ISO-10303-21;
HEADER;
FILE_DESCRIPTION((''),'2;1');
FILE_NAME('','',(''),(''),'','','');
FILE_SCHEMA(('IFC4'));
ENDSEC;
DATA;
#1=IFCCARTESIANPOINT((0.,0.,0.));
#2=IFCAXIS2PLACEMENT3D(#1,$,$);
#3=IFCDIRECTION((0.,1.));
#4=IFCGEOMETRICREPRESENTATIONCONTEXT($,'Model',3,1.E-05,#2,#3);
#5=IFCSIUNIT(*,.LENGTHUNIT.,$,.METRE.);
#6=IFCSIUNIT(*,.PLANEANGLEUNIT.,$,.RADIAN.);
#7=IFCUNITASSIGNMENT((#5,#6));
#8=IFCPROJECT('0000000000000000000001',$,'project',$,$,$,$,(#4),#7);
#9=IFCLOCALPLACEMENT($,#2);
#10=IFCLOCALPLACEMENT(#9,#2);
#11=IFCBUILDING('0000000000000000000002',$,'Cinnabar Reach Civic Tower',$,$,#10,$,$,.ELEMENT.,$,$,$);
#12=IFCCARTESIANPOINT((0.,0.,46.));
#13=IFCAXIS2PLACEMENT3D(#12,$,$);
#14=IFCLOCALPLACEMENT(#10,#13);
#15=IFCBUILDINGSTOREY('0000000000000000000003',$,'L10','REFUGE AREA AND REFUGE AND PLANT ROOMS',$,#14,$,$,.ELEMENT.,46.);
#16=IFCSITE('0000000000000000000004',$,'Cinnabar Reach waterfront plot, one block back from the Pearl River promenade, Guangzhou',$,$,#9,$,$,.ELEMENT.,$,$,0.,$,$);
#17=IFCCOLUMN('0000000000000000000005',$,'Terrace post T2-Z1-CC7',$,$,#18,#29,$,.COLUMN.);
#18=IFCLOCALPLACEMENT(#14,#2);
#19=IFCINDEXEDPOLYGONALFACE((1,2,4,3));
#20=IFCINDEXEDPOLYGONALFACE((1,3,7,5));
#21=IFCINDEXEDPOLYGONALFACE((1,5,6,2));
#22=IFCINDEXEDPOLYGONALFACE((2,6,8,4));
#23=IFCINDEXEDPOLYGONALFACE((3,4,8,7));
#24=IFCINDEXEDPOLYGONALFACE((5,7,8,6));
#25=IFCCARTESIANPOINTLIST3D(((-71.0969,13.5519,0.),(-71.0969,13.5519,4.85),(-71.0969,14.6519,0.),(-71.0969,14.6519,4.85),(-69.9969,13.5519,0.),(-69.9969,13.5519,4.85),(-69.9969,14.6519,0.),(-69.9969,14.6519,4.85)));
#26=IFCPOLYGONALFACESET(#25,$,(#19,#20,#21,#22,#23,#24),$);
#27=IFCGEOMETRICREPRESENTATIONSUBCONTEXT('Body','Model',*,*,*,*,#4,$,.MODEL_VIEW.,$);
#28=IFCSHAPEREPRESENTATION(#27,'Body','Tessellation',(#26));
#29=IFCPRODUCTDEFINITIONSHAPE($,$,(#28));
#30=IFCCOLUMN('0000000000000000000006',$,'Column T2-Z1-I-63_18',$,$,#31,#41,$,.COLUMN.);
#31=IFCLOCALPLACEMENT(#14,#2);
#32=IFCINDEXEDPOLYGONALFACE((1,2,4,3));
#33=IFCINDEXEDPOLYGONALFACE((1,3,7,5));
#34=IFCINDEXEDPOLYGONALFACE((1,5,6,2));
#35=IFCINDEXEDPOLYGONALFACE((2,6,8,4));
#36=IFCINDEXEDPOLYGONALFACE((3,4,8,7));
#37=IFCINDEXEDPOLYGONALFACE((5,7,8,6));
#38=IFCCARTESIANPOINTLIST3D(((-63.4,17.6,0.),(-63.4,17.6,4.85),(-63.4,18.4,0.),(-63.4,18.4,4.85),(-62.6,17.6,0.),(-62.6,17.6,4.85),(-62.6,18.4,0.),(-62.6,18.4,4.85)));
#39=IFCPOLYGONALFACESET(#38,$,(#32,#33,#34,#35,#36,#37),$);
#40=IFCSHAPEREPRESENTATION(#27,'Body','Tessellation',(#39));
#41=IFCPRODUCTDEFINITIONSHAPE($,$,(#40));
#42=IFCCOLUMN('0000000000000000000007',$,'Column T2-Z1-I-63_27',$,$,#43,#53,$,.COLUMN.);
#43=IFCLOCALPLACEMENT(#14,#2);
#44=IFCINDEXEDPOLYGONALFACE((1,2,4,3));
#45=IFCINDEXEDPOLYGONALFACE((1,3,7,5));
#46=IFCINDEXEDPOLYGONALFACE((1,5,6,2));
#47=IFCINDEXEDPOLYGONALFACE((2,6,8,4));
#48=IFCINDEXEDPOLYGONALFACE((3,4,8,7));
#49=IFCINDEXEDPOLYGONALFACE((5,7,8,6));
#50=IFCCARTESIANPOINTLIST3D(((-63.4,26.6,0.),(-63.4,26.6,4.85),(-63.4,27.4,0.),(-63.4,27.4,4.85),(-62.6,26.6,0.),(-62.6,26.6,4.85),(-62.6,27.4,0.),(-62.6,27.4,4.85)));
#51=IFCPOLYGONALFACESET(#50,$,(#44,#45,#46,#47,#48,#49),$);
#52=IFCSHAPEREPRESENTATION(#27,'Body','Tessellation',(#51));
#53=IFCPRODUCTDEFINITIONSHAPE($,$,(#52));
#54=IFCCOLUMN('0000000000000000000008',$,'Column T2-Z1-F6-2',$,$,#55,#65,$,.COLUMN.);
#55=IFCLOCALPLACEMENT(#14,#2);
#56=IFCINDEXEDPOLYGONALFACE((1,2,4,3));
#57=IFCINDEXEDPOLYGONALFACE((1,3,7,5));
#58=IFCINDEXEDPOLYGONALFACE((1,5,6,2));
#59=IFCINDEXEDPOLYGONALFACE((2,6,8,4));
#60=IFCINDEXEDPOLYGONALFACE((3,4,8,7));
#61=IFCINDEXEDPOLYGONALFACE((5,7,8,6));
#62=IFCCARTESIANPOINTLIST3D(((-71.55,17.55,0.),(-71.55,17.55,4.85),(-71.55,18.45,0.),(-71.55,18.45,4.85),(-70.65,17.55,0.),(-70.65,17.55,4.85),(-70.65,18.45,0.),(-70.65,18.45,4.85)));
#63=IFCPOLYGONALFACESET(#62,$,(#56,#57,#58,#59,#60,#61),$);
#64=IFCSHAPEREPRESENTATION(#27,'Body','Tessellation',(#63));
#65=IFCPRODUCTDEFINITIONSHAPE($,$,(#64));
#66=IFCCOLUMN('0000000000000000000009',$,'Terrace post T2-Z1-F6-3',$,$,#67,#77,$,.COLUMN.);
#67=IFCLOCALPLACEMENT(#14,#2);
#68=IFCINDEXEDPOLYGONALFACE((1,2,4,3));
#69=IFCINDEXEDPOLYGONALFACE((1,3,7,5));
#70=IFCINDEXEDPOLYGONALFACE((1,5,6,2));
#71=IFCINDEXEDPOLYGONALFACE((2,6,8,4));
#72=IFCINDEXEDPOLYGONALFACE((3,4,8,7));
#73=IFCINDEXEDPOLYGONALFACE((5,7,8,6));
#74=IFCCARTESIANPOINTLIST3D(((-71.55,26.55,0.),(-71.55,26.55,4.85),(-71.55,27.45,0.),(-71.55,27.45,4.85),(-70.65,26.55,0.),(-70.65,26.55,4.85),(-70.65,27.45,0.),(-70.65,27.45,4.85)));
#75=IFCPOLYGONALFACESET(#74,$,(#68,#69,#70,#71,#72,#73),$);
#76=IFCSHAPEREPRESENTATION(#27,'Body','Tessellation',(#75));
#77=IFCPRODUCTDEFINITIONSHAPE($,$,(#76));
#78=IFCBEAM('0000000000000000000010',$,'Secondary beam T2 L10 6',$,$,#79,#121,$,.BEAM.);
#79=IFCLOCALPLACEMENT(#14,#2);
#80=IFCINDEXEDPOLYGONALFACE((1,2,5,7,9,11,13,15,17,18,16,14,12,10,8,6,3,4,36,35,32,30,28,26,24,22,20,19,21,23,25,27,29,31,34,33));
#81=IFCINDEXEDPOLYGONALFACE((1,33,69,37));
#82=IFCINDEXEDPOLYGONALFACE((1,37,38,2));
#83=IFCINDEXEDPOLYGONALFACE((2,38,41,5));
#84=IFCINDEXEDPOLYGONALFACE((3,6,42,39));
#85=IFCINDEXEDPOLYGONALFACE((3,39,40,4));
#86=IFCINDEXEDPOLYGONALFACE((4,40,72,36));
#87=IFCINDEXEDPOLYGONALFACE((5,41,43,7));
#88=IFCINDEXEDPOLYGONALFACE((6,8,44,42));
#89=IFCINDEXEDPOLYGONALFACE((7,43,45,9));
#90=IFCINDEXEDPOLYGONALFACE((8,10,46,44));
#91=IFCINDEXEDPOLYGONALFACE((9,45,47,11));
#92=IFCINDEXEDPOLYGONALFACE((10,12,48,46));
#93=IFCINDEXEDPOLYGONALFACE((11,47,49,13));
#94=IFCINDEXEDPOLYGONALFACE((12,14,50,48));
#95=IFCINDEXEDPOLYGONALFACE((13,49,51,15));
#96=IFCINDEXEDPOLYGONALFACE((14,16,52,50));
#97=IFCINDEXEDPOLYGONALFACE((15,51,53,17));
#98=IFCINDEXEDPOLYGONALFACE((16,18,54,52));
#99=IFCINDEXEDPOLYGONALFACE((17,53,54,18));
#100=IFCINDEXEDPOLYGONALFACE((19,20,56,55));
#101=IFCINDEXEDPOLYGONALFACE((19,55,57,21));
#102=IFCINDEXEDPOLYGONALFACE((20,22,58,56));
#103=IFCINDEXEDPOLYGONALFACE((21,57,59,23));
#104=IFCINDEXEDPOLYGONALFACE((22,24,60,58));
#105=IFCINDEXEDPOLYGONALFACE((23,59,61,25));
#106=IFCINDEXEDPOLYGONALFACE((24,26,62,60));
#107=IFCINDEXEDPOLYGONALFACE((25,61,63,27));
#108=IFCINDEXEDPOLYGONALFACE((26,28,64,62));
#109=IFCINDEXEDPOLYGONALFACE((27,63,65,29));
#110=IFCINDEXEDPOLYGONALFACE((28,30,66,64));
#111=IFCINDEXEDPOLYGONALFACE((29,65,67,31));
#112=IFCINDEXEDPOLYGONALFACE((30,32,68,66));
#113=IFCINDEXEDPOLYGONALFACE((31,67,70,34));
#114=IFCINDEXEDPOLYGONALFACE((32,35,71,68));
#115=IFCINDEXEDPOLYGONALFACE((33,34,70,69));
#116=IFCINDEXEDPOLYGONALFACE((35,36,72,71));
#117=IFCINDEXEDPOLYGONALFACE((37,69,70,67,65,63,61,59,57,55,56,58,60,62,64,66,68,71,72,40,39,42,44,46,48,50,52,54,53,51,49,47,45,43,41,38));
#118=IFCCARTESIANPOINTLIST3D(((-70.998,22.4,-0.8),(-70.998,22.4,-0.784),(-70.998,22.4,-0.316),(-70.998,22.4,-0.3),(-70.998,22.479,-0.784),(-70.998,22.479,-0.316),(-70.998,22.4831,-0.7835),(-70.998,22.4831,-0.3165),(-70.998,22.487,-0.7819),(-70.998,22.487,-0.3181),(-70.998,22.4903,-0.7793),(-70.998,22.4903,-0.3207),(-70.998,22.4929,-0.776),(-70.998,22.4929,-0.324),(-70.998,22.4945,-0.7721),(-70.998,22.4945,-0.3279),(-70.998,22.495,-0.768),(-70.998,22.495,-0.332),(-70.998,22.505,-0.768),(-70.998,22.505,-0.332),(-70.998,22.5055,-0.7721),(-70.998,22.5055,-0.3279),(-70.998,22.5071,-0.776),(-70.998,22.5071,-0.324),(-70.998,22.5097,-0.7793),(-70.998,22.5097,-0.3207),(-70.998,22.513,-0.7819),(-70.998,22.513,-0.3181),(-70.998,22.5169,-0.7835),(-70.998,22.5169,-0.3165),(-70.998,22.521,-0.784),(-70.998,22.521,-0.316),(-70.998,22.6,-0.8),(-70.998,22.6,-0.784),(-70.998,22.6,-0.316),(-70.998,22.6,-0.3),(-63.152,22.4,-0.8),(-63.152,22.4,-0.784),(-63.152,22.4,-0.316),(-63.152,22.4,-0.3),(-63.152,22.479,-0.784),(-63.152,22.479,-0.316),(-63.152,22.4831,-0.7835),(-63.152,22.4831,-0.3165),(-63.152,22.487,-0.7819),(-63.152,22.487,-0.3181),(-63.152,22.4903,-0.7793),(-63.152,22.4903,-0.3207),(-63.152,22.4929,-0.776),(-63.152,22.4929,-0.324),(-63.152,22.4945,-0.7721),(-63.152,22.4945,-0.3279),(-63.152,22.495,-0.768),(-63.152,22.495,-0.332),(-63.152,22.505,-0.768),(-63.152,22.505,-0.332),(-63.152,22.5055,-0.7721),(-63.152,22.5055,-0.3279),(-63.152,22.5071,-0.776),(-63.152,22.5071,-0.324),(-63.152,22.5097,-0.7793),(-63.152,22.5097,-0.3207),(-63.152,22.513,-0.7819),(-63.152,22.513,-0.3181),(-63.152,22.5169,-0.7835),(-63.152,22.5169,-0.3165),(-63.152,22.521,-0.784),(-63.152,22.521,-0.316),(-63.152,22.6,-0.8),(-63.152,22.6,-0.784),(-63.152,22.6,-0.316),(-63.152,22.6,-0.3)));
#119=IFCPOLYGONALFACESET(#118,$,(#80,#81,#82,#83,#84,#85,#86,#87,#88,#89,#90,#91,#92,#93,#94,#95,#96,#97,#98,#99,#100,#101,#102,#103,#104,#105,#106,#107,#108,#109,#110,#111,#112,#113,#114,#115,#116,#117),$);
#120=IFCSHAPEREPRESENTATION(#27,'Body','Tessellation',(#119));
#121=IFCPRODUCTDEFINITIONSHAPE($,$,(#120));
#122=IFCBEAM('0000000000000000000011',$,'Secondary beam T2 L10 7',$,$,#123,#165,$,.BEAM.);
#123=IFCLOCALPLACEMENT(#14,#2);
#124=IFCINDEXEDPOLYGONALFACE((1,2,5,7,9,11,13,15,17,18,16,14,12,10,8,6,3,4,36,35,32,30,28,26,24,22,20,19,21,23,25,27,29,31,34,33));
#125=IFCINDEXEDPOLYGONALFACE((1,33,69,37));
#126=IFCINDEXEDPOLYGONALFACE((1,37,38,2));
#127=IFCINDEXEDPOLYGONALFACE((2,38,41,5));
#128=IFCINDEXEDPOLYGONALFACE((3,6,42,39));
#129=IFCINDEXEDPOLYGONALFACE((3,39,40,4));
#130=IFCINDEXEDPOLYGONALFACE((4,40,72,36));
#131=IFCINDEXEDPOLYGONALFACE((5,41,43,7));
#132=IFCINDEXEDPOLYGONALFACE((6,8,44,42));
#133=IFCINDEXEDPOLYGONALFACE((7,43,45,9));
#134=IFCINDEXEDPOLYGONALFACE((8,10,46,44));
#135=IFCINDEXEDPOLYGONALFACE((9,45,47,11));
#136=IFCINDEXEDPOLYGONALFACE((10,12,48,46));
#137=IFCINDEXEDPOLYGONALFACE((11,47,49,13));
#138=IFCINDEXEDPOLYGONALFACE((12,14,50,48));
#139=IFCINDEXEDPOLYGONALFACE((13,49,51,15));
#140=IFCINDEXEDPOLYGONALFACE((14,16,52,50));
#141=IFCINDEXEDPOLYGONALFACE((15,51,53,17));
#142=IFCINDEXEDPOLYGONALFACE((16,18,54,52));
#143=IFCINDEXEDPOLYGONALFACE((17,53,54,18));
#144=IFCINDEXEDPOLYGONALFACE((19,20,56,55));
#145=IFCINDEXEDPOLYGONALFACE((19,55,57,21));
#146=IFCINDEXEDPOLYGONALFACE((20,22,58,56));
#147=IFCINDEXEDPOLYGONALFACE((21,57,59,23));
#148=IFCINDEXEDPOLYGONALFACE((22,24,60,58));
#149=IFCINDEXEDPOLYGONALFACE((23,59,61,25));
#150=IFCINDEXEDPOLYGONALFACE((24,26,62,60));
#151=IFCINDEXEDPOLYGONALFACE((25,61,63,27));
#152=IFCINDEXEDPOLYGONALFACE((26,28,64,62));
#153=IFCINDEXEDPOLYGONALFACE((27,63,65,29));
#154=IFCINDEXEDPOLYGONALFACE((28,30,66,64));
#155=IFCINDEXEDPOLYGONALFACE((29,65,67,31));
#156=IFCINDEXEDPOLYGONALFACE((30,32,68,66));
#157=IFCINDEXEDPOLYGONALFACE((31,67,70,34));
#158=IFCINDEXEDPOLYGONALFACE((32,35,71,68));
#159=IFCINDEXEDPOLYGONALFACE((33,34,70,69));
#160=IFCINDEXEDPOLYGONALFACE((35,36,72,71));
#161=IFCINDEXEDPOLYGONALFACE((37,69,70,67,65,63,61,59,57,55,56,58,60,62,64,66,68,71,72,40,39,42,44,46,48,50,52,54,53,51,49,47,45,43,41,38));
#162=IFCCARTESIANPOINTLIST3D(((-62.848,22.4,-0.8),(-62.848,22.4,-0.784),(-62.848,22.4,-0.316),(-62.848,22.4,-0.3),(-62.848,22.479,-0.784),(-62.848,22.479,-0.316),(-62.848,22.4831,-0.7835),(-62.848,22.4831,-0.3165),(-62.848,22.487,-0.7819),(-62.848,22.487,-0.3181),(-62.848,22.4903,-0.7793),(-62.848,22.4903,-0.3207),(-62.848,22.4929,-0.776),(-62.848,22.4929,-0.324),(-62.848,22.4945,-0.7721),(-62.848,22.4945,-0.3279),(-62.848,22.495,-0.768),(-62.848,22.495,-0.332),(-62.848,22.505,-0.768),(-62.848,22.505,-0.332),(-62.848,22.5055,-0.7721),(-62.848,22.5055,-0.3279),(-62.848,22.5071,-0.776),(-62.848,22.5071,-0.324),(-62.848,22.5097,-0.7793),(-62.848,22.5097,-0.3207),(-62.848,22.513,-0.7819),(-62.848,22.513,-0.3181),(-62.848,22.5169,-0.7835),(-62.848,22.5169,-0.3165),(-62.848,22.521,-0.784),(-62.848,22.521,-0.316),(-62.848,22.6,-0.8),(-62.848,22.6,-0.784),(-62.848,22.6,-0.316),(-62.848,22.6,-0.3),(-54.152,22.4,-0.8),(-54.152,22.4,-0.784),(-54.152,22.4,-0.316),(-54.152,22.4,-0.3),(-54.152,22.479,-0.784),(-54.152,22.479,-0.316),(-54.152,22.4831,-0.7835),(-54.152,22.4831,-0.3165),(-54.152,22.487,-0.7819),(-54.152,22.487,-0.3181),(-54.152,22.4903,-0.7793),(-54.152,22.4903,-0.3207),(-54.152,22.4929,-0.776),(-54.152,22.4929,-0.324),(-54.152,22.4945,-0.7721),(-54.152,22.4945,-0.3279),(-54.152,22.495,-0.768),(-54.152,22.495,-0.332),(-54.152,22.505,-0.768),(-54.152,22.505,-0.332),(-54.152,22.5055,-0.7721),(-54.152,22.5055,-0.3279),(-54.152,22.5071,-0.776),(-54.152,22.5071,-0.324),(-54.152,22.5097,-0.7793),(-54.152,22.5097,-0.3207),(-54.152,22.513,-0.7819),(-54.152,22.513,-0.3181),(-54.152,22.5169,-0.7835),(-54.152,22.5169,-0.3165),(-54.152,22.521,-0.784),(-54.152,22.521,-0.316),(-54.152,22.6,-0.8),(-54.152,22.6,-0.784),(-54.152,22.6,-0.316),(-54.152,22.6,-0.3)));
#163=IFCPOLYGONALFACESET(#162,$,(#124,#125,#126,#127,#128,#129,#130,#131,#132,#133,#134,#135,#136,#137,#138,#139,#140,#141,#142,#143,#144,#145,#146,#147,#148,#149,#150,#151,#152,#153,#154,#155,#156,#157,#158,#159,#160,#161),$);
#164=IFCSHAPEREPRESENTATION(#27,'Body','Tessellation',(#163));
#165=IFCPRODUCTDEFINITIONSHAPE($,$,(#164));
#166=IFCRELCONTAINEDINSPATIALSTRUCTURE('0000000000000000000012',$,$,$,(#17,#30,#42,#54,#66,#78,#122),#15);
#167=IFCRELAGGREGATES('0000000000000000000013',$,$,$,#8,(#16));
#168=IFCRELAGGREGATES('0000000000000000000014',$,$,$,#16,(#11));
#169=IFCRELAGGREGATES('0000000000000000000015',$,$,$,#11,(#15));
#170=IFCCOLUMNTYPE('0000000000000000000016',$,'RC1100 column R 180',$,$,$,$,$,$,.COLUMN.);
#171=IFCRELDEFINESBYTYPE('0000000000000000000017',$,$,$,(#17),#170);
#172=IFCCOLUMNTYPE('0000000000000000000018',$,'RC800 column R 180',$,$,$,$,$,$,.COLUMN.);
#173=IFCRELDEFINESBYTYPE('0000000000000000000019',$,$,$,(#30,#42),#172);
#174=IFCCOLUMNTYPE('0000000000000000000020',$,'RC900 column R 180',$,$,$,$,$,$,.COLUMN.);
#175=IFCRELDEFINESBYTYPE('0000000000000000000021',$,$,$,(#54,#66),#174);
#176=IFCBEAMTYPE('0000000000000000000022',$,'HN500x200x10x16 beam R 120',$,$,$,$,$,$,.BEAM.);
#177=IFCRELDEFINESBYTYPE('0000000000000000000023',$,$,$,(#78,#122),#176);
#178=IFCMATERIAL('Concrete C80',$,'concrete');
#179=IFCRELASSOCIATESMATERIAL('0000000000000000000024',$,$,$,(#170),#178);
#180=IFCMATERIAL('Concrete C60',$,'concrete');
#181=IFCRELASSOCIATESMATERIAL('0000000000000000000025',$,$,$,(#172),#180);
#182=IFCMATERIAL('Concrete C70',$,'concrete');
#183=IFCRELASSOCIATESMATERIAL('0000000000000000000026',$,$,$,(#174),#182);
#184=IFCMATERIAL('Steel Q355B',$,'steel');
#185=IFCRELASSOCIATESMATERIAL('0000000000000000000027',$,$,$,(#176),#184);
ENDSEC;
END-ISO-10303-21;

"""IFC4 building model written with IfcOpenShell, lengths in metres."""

from ifc_helpers import new_model, si_unit, direction, frame, origin, origin_2d, place, context, subcontext, project, spatial, rectangle, i_section, extrude, material, material_profile, profile_set, type_object, element, save


model = new_model("IFC4")

# Units and contexts
model_context = context("Model", 3, precision=1e-05, world=origin(), true_north=direction((0.0, 1.0)))
body_context = subcontext(model_context, "Body", "Model", "MODEL_VIEW")
ifc_project = project(units=[si_unit("LENGTHUNIT", "METRE"), si_unit("PLANEANGLEUNIT", "RADIAN")], contexts=[model_context])

# Site, building, storey
site_placement = place(None, origin())
site = spatial("IfcSite", under=ifc_project, at=site_placement, Name="Cinnabar Reach waterfront plot, one block back from the Pearl River promenade, Guangzhou", CompositionType="ELEMENT", RefElevation=0.0)
building_placement = place(site_placement, origin())
building = spatial("IfcBuilding", under=site, at=building_placement, Name="Cinnabar Reach Civic Tower", CompositionType="ELEMENT")
storey_placement = place(building_placement, frame((0.0, 0.0, 46.0)))
storey = spatial("IfcBuildingStorey", under=building, at=storey_placement, Name="L10", Description="REFUGE AREA AND REFUGE AND PLANT ROOMS", CompositionType="ELEMENT", Elevation=46.0)

# Columns
ifc_material_1 = material(Name="Concrete C80", Category="concrete")
ifc_material_profile_1 = material_profile(ifc_material_1, rectangle(XDim=1.1, YDim=1.1, at=origin_2d()), Name="RC1100")
ifc_profile_set_1 = profile_set([ifc_material_profile_1], Name="Concrete C80")
column_type_1 = type_object("IfcColumnType", Name="RC1100 column R 180", PredefinedType="COLUMN", material=ifc_profile_set_1)
column_placement = place(storey_placement, frame((-70.5469, 14.1019, 0.0), z_axis=(0.0, 0.0, 1.0), x_axis=(1.0, 0.0, 0.0)))
element("IfcColumn", 1, at=column_placement, inside=storey, type_object=column_type_1, Name="Terrace post T2-Z1-CC7", PredefinedType="COLUMN", context=body_context, shape_type="SweptSolid", body=[
    extrude(rectangle(XDim=1.1, YDim=1.1, at=origin_2d()), origin(), (0.0, 0.0, 1.0), 4.85),
])
ifc_material_2 = material(Name="Concrete C60", Category="concrete")
ifc_material_profile_2 = material_profile(ifc_material_2, rectangle(XDim=0.8, YDim=0.8, at=origin_2d()), Name="RC800")
ifc_profile_set_2 = profile_set([ifc_material_profile_2], Name="Concrete C60")
column_type_2 = type_object("IfcColumnType", Name="RC800 column R 180", PredefinedType="COLUMN", material=ifc_profile_set_2)
for number, where, z_axis, x_axis, name in (
    (2, (-63.0, 18.0, 0.0), (0.0, 0.0, 1.0), (1.0, 0.0, 0.0), "Column T2-Z1-I-63_18"),
    (3, (-63.0, 27.0, 0.0), (0.0, 0.0, 1.0), (1.0, 0.0, 0.0), "Column T2-Z1-I-63_27"),
):
    element("IfcColumn", number, at=place(storey_placement, frame(where, z_axis=z_axis, x_axis=x_axis)), inside=storey, type_object=column_type_2, Name=name, PredefinedType="COLUMN", context=body_context, shape_type="SweptSolid", body=[
        extrude(rectangle(XDim=0.8, YDim=0.8, at=origin_2d()), origin(), (0.0, 0.0, 1.0), 4.85),
    ])
ifc_material_3 = material(Name="Concrete C70", Category="concrete")
ifc_material_profile_3 = material_profile(ifc_material_3, rectangle(XDim=0.9, YDim=0.9, at=origin_2d()), Name="RC900")
ifc_profile_set_3 = profile_set([ifc_material_profile_3], Name="Concrete C70")
column_type_3 = type_object("IfcColumnType", Name="RC900 column R 180", PredefinedType="COLUMN", material=ifc_profile_set_3)
for number, where, z_axis, x_axis, name in (
    (4, (-71.1, 18.0, 0.0), (0.0, 0.0, 1.0), (1.0, 0.0, 0.0), "Column T2-Z1-F6-2"),
    (5, (-71.1, 27.0, 0.0), (0.0, 0.0, 1.0), (1.0, 0.0, 0.0), "Terrace post T2-Z1-F6-3"),
):
    element("IfcColumn", number, at=place(storey_placement, frame(where, z_axis=z_axis, x_axis=x_axis)), inside=storey, type_object=column_type_3, Name=name, PredefinedType="COLUMN", context=body_context, shape_type="SweptSolid", body=[
        extrude(rectangle(XDim=0.9, YDim=0.9, at=origin_2d()), origin(), (0.0, 0.0, 1.0), 4.85),
    ])

# Beams
ifc_material_4 = material(Name="Steel Q355B", Category="steel")
ifc_material_profile_4 = material_profile(ifc_material_4, i_section(OverallWidth=0.2, OverallDepth=0.5, WebThickness=0.01, FlangeThickness=0.016, FilletRadius=0.016, at=origin_2d()), Name="HN500x200x10x16")
ifc_profile_set_4 = profile_set([ifc_material_profile_4], Name="Steel Q355B")
beam_type_1 = type_object("IfcBeamType", Name="HN500x200x10x16 beam R 120", PredefinedType="BEAM", material=ifc_profile_set_4)
beam_1_placement = place(storey_placement, frame((-70.998, 22.5, -0.55), z_axis=(1.0, 0.0, 0.0), x_axis=(0.0, 1.0, 0.0)))
element("IfcBeam", 6, at=beam_1_placement, inside=storey, type_object=beam_type_1, Name="Secondary beam T2 L10 6", PredefinedType="BEAM", context=body_context, shape_type="SweptSolid", body=[
    extrude(i_section(OverallWidth=0.2, OverallDepth=0.5, WebThickness=0.01, FlangeThickness=0.016, FilletRadius=0.016, at=origin_2d()), origin(), (0.0, 0.0, 1.0), 7.846),
])
beam_2_placement = place(storey_placement, frame((-62.848, 22.5, -0.55), z_axis=(1.0, 0.0, 0.0), x_axis=(0.0, 1.0, 0.0)))
element("IfcBeam", 7, at=beam_2_placement, inside=storey, type_object=beam_type_1, Name="Secondary beam T2 L10 7", PredefinedType="BEAM", context=body_context, shape_type="SweptSolid", body=[
    extrude(i_section(OverallWidth=0.2, OverallDepth=0.5, WebThickness=0.01, FlangeThickness=0.016, FilletRadius=0.016, at=origin_2d()), origin(), (0.0, 0.0, 1.0), 8.696),
])

save(model, "model.ifc")
